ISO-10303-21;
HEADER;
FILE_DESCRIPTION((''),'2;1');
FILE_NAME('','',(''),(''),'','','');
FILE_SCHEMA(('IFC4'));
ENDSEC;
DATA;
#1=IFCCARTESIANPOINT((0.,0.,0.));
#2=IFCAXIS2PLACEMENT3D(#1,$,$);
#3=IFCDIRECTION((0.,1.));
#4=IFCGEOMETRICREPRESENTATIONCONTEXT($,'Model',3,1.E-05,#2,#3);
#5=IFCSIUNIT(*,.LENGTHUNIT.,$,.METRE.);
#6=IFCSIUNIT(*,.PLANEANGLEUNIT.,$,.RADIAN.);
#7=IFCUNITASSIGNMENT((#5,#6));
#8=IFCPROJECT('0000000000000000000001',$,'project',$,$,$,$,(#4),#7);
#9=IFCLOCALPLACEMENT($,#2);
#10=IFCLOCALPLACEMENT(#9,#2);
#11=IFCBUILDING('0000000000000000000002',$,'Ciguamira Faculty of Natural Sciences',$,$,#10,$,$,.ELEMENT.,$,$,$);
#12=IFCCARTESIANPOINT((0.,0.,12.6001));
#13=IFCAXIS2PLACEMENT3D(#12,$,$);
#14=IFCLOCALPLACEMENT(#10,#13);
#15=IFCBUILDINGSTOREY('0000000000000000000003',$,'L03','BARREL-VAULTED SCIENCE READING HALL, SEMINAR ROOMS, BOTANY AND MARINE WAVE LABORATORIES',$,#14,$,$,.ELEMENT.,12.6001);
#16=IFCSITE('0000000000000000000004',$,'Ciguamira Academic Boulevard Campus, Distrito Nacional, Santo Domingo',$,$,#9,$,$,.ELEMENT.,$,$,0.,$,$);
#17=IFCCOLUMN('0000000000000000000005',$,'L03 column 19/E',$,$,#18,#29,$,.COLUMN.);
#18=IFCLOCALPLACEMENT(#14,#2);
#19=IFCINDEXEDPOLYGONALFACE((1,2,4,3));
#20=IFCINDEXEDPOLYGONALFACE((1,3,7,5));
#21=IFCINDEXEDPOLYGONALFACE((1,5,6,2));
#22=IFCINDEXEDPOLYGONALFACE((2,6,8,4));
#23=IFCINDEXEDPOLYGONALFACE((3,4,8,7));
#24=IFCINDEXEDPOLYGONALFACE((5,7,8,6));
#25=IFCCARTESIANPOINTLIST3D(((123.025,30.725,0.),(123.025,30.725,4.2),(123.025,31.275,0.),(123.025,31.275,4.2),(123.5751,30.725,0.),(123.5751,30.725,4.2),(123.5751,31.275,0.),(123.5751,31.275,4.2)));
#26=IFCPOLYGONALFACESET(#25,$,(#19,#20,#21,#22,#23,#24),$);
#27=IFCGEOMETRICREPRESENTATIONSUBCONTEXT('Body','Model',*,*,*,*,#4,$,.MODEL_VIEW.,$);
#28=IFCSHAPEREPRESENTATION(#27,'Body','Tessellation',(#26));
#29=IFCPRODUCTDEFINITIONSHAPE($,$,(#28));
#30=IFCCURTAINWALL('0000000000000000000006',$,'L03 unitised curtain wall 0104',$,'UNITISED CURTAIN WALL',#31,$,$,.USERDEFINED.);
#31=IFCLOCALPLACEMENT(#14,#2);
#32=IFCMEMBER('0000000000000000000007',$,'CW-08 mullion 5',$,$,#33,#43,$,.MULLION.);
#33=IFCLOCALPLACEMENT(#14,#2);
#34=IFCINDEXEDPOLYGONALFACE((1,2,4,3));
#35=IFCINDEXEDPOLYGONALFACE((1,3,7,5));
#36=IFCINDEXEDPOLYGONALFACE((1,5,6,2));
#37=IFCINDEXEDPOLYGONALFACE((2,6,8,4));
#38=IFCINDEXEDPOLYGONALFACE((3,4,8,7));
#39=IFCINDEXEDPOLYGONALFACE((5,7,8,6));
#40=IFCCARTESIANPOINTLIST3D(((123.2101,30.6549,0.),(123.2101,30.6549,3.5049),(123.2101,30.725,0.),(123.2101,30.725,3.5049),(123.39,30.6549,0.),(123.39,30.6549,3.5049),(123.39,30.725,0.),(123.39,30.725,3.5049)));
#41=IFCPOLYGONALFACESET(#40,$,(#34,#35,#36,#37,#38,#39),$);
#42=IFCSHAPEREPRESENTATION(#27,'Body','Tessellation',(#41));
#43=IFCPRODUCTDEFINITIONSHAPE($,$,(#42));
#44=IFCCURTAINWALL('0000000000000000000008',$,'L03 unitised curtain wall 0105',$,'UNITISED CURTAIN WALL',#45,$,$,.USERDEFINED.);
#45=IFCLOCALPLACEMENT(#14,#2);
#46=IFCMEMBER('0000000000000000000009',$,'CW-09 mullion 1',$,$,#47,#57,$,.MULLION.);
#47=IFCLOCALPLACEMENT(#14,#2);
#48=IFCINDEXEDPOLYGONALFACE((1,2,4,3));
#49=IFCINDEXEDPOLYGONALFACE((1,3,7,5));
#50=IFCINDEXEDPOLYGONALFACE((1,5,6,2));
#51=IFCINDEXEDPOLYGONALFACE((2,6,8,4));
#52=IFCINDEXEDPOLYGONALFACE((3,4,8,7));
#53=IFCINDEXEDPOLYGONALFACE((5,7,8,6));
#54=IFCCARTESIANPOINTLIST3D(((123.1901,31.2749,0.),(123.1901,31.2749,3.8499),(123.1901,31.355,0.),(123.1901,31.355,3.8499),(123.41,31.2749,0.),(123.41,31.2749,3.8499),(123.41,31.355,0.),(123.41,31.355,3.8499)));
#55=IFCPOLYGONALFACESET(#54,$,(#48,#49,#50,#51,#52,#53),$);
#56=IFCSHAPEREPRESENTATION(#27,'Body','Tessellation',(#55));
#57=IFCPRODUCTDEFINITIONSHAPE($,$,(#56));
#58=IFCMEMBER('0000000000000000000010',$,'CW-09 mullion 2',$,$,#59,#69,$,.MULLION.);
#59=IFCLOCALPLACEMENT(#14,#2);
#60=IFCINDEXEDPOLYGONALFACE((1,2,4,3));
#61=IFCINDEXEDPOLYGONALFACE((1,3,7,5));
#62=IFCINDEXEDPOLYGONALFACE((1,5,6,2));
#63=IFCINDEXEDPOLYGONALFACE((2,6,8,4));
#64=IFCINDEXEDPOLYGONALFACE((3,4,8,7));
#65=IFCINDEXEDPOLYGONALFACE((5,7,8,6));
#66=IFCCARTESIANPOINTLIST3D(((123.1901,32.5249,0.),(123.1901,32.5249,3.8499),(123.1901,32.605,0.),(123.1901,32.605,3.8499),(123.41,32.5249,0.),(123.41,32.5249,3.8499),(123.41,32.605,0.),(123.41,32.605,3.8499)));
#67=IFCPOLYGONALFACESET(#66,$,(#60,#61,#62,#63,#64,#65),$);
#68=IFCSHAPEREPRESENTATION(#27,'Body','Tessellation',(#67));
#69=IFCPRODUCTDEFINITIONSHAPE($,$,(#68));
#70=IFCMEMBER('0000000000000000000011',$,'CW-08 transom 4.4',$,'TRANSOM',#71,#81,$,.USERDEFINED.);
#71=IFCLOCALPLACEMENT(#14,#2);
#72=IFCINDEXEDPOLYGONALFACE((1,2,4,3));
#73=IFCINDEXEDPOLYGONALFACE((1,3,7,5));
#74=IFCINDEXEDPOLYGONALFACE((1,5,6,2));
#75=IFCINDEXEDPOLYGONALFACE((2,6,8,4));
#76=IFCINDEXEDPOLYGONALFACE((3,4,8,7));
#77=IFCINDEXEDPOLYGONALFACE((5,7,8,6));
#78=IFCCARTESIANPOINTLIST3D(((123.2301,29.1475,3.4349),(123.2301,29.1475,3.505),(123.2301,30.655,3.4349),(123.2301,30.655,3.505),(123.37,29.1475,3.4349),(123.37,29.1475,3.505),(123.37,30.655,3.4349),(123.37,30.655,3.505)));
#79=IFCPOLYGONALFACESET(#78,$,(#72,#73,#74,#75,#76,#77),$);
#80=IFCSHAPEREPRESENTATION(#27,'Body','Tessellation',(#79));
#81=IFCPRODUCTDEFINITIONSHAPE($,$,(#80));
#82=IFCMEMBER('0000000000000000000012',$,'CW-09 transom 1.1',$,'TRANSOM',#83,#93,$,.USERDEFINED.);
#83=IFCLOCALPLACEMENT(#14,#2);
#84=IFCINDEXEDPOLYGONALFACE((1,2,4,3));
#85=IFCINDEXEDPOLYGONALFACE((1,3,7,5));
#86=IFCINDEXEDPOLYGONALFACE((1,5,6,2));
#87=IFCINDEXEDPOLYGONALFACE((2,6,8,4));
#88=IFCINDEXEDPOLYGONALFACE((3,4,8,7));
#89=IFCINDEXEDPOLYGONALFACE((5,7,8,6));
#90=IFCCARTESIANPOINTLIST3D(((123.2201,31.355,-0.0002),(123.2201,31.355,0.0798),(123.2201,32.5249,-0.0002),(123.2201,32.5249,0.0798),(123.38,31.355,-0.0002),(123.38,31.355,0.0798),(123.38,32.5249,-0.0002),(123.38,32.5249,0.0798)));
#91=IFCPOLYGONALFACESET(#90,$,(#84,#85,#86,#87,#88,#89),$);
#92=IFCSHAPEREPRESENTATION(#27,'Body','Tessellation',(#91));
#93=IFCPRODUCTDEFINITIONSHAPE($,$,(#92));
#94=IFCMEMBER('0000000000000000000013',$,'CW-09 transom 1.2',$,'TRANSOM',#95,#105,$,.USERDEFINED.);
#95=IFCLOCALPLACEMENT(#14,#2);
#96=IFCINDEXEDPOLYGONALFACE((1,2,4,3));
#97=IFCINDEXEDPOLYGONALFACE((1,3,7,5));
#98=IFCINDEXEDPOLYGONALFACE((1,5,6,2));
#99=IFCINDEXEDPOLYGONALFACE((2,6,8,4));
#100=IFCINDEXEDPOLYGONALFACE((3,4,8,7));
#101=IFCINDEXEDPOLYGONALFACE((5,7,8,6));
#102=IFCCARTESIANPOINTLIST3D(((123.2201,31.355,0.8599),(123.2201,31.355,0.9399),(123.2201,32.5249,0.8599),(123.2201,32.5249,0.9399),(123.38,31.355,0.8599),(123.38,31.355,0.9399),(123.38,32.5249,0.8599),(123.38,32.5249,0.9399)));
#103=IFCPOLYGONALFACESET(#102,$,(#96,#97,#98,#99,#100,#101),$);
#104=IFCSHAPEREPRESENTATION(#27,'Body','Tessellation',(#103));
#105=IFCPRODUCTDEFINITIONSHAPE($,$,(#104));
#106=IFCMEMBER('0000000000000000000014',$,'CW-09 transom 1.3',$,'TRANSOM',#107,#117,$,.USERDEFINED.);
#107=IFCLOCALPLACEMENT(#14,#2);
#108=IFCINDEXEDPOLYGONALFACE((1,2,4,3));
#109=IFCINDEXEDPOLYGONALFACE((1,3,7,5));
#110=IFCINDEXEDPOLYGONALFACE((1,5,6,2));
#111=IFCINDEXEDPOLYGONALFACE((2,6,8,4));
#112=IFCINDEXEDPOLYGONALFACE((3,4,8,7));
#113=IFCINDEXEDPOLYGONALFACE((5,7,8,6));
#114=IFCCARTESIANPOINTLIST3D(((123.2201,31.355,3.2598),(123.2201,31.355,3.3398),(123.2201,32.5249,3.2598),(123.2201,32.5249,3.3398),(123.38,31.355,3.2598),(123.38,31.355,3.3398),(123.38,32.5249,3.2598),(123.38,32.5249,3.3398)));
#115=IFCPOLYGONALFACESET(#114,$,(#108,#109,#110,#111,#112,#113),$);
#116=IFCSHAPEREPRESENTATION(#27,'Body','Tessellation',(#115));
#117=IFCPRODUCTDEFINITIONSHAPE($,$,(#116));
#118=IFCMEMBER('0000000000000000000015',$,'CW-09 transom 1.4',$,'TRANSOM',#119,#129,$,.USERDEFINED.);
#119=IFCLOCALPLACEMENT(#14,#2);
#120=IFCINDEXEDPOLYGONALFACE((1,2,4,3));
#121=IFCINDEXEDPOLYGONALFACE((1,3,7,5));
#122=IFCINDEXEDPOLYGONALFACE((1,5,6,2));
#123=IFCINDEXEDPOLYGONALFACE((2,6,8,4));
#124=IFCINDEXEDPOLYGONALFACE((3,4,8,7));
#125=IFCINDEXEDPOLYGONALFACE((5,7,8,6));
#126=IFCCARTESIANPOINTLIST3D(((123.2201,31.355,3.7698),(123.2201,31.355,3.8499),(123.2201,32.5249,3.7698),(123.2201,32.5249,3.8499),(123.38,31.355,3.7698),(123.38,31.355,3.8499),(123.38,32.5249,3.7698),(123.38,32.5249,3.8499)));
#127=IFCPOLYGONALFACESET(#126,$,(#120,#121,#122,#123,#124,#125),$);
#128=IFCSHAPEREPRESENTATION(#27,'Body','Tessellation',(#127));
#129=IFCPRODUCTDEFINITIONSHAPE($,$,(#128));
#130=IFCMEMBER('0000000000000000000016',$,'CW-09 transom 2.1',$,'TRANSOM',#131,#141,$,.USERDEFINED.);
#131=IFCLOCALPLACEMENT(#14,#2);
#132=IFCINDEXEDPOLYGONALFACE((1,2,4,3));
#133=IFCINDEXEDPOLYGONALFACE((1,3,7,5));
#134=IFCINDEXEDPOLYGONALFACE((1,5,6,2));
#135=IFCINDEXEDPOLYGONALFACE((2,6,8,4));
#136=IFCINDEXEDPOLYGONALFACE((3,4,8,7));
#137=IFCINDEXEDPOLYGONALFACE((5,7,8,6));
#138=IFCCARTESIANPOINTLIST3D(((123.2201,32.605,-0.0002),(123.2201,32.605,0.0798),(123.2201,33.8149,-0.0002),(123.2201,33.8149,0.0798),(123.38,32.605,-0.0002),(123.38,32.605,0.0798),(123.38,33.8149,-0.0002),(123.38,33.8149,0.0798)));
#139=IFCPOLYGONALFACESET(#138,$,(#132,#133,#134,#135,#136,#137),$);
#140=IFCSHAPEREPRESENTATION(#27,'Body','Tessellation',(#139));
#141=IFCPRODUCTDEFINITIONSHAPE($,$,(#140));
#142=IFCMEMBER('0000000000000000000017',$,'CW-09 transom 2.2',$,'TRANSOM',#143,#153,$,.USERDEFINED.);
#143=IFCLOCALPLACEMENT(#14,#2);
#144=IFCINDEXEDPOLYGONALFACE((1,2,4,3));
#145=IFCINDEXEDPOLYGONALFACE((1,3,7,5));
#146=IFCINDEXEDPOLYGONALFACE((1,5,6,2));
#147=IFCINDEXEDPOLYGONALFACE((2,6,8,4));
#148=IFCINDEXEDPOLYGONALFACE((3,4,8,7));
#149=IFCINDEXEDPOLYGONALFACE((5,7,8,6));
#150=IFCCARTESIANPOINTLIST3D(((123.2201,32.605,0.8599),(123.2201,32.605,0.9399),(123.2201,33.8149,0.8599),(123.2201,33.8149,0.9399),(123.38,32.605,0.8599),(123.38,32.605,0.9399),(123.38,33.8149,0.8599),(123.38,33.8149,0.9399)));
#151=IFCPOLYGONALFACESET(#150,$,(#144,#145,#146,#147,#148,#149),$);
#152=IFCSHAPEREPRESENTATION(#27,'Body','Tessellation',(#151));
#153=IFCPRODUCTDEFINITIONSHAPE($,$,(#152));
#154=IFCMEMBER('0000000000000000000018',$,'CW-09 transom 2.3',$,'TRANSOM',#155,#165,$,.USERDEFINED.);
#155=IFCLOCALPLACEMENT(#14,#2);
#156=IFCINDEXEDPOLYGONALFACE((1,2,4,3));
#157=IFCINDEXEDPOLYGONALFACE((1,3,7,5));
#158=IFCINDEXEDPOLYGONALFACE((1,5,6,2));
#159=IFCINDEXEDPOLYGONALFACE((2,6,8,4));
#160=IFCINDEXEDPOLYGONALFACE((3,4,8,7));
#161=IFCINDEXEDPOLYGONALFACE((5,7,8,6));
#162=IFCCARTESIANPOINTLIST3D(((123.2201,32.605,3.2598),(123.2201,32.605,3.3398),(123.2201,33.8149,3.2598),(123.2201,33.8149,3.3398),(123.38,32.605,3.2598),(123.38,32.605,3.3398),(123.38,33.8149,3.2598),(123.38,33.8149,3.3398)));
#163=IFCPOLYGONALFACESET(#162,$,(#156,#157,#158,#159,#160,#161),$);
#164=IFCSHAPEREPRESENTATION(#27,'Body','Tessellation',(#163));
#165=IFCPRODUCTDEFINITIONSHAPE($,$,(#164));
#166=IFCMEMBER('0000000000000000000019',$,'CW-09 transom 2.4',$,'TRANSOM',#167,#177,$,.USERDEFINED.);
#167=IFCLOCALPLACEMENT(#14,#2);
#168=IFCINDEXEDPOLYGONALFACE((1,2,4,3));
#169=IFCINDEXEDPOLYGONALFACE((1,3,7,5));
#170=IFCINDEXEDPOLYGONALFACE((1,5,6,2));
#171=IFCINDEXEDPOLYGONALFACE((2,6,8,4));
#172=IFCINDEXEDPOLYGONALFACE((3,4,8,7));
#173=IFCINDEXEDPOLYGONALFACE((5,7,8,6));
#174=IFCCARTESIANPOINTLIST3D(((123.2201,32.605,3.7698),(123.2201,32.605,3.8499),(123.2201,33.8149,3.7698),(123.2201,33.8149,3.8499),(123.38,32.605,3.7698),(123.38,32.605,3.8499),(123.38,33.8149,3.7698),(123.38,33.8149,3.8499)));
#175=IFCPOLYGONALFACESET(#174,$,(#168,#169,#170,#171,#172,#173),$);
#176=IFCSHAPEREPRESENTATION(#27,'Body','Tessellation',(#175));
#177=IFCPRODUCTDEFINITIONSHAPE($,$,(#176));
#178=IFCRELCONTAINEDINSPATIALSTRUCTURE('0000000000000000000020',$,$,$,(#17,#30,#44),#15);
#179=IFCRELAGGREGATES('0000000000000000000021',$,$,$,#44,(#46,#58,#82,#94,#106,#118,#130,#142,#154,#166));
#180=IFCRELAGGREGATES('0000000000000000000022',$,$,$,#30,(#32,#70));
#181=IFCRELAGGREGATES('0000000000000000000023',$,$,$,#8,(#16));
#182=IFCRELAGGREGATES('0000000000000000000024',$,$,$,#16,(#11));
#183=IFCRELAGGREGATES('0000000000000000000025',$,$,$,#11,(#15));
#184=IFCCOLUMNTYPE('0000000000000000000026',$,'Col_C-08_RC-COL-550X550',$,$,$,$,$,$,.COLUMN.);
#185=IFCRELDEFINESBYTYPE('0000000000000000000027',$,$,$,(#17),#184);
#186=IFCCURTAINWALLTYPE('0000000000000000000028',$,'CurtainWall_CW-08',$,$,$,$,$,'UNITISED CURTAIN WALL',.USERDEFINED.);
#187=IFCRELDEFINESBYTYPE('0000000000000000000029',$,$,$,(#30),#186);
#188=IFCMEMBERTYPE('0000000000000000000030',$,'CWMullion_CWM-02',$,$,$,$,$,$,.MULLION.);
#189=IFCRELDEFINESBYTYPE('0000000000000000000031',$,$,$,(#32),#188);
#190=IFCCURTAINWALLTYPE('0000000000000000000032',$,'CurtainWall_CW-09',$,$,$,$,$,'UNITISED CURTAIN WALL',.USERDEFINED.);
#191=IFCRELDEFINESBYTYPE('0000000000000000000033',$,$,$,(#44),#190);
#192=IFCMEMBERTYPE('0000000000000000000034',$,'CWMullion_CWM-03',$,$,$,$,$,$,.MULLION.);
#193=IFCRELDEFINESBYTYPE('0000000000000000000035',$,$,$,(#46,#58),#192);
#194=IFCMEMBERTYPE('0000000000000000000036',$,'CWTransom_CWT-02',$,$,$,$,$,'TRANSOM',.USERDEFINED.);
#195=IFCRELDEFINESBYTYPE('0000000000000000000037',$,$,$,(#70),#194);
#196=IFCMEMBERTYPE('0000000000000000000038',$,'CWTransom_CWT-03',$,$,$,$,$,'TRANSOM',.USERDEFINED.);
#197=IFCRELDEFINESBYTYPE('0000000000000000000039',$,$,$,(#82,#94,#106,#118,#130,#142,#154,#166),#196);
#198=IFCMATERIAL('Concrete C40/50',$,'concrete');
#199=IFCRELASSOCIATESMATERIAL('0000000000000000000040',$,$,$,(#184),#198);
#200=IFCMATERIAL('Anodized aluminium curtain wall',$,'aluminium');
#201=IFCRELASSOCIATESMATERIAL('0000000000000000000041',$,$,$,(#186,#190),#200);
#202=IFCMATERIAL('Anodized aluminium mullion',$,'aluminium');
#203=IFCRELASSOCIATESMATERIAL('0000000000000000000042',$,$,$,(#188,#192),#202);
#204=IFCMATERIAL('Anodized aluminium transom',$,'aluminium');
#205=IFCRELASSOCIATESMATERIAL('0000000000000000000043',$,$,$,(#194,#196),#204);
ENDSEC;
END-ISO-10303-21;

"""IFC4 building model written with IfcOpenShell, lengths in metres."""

from ifc_helpers import new_model, si_unit, direction, frame, origin, origin_2d, place, context, subcontext, project, spatial, rectangle, extrude, material, material_profile, profile_set, type_object, element, aggregate, save


model = new_model("IFC4")

# Units and contexts
model_context = context("Model", 3, precision=1e-05, world=origin(), true_north=direction((0.0, 1.0)))
body_context = subcontext(model_context, "Body", "Model", "MODEL_VIEW")
ifc_project = project(units=[si_unit("LENGTHUNIT", "METRE"), si_unit("PLANEANGLEUNIT", "RADIAN")], contexts=[model_context])

# Site, building, storey
site_placement = place(None, origin())
site = spatial("IfcSite", under=ifc_project, at=site_placement, Name="Ciguamira Academic Boulevard Campus, Distrito Nacional, Santo Domingo", CompositionType="ELEMENT", RefElevation=0.0)
building_placement = place(site_placement, origin())
building = spatial("IfcBuilding", under=site, at=building_placement, Name="Ciguamira Faculty of Natural Sciences", CompositionType="ELEMENT")
storey_placement = place(building_placement, frame((0.0, 0.0, 12.6001)))
storey = spatial("IfcBuildingStorey", under=building, at=storey_placement, Name="L03", Description="BARREL-VAULTED SCIENCE READING HALL, SEMINAR ROOMS, BOTANY AND MARINE WAVE LABORATORIES", CompositionType="ELEMENT", Elevation=12.6001)

# Column
ifc_material_1 = material(Name="Concrete C40/50", Category="concrete")
ifc_material_profile_1 = material_profile(ifc_material_1, rectangle(XDim=0.55, YDim=0.55, at=origin_2d()), Name="RC-COL-550X550")
ifc_profile_set_1 = profile_set([ifc_material_profile_1], Name="Concrete C40/50")
column_type = type_object("IfcColumnType", Name="Col_C-08_RC-COL-550X550", PredefinedType="COLUMN", material=ifc_profile_set_1)
column_placement = place(storey_placement, frame((123.3, 31.0, 0.0), z_axis=(0.0, 0.0, 1.0), x_axis=(1.0, 0.0, 0.0)))
element("IfcColumn", 1, at=column_placement, inside=storey, type_object=column_type, Name="L03 column 19/E", PredefinedType="COLUMN", context=body_context, shape_type="SweptSolid", body=[
    extrude(rectangle(XDim=0.55, YDim=0.55, at=origin_2d()), origin(), (0.0, 0.0, 1.0), 4.2),
])

# Curtain wall, member
ifc_material_2 = material(Name="Anodized aluminium curtain wall", Category="aluminium")
curtain_wall_type_1 = type_object("IfcCurtainWallType", Name="CurtainWall_CW-08", ElementType="UNITISED CURTAIN WALL", PredefinedType="USERDEFINED", material=ifc_material_2)
curtain_wall_1_placement = place(storey_placement, origin())
curtain_wall_1 = element("IfcCurtainWall", 2, at=curtain_wall_1_placement, inside=storey, type_object=curtain_wall_type_1, Name="L03 unitised curtain wall 0104", ObjectType="UNITISED CURTAIN WALL", PredefinedType="USERDEFINED")
ifc_material_3 = material(Name="Anodized aluminium mullion", Category="aluminium")
ifc_material_profile_2 = material_profile(ifc_material_3, rectangle(XDim=0.0701, YDim=0.1799, at=origin_2d()), Name="ALU-MUL-70X180")
ifc_profile_set_2 = profile_set([ifc_material_profile_2], Name="Anodized aluminium mullion")
member_type_1 = type_object("IfcMemberType", Name="CWMullion_CWM-02", PredefinedType="MULLION", material=ifc_profile_set_2)
member_1_placement = place(storey_placement, frame((123.3, 30.6899, 0.0), z_axis=(0.0, 0.0, 1.0), x_axis=(0.0, 1.0, 0.0)))
member_1 = element("IfcMember", 3, at=member_1_placement, type_object=member_type_1, Name="CW-08 mullion 5", PredefinedType="MULLION", context=body_context, shape_type="SweptSolid", body=[
    extrude(rectangle(XDim=0.0701, YDim=0.1799, at=origin_2d()), origin(), (0.0, 0.0, 1.0), 3.5049),
])

# Curtain wall, members
curtain_wall_type_2 = type_object("IfcCurtainWallType", Name="CurtainWall_CW-09", ElementType="UNITISED CURTAIN WALL", PredefinedType="USERDEFINED", material=ifc_material_2)
curtain_wall_2_placement = place(storey_placement, origin())
curtain_wall_2 = element("IfcCurtainWall", 4, at=curtain_wall_2_placement, inside=storey, type_object=curtain_wall_type_2, Name="L03 unitised curtain wall 0105", ObjectType="UNITISED CURTAIN WALL", PredefinedType="USERDEFINED")
ifc_material_profile_3 = material_profile(ifc_material_3, rectangle(XDim=0.0801, YDim=0.22, at=origin_2d()), Name="ALU-MUL-80X220")
ifc_profile_set_3 = profile_set([ifc_material_profile_3], Name="Anodized aluminium mullion")
member_type_2 = type_object("IfcMemberType", Name="CWMullion_CWM-03", PredefinedType="MULLION", material=ifc_profile_set_3)
member_2_placement = place(storey_placement, frame((123.3, 31.3149, 0.0), z_axis=(0.0, 0.0, 1.0), x_axis=(0.0, 1.0, 0.0)))
member_2 = element("IfcMember", 5, at=member_2_placement, type_object=member_type_2, Name="CW-09 mullion 1", PredefinedType="MULLION", context=body_context, shape_type="SweptSolid", body=[
    extrude(rectangle(XDim=0.0801, YDim=0.22, at=origin_2d()), origin(), (0.0, 0.0, 1.0), 3.8499),
])
member_3_placement = place(storey_placement, frame((123.3, 32.5649, 0.0), z_axis=(0.0, 0.0, 1.0), x_axis=(0.0, 1.0, 0.0)))
member_3 = element("IfcMember", 6, at=member_3_placement, type_object=member_type_2, Name="CW-09 mullion 2", PredefinedType="MULLION", context=body_context, shape_type="SweptSolid", body=[
    extrude(rectangle(XDim=0.0801, YDim=0.22, at=origin_2d()), origin(), (0.0, 0.0, 1.0), 3.8499),
])

# Members
ifc_material_4 = material(Name="Anodized aluminium transom", Category="aluminium")
ifc_material_profile_4 = material_profile(ifc_material_4, rectangle(XDim=0.0701, YDim=0.1399, at=origin_2d()), Name="ALU-TRN-70X140")
ifc_profile_set_4 = profile_set([ifc_material_profile_4], Name="Anodized aluminium transom")
member_type_3 = type_object("IfcMemberType", Name="CWTransom_CWT-02", ElementType="TRANSOM", PredefinedType="USERDEFINED", material=ifc_profile_set_4)
member_4_placement = place(storey_placement, frame((123.3, 29.1475, 3.47), z_axis=(0.0, 1.0, 0.0), x_axis=(0.0, 0.0, 1.0)))
member_4 = element("IfcMember", 7, at=member_4_placement, type_object=member_type_3, Name="CW-08 transom 4.4", ObjectType="TRANSOM", PredefinedType="USERDEFINED", context=body_context, shape_type="SweptSolid", body=[
    extrude(rectangle(XDim=0.0701, YDim=0.1399, at=origin_2d()), origin(), (0.0, 0.0, 1.0), 1.5076),
])
ifc_material_profile_5 = material_profile(ifc_material_4, rectangle(XDim=0.0801, YDim=0.1599, at=origin_2d()), Name="ALU-TRN-80X160")
ifc_profile_set_5 = profile_set([ifc_material_profile_5], Name="Anodized aluminium transom")
member_type_4 = type_object("IfcMemberType", Name="CWTransom_CWT-03", ElementType="TRANSOM", PredefinedType="USERDEFINED", material=ifc_profile_set_5)
member_5_placement = place(storey_placement, frame((123.3, 31.355, 0.0398), z_axis=(0.0, 1.0, 0.0), x_axis=(0.0, 0.0, 1.0)))
member_5 = element("IfcMember", 8, at=member_5_placement, type_object=member_type_4, Name="CW-09 transom 1.1", ObjectType="TRANSOM", PredefinedType="USERDEFINED", context=body_context, shape_type="SweptSolid", body=[
    extrude(rectangle(XDim=0.0801, YDim=0.1599, at=origin_2d()), origin(), (0.0, 0.0, 1.0), 1.1699),
])
member_6_placement = place(storey_placement, frame((123.3, 31.355, 0.8999), z_axis=(0.0, 1.0, 0.0), x_axis=(0.0, 0.0, 1.0)))
member_6 = element("IfcMember", 9, at=member_6_placement, type_object=member_type_4, Name="CW-09 transom 1.2", ObjectType="TRANSOM", PredefinedType="USERDEFINED", context=body_context, shape_type="SweptSolid", body=[
    extrude(rectangle(XDim=0.0801, YDim=0.1599, at=origin_2d()), origin(), (0.0, 0.0, 1.0), 1.1699),
])
member_7_placement = place(storey_placement, frame((123.3, 31.355, 3.2998), z_axis=(0.0, 1.0, 0.0), x_axis=(0.0, 0.0, 1.0)))
member_7 = element("IfcMember", 10, at=member_7_placement, type_object=member_type_4, Name="CW-09 transom 1.3", ObjectType="TRANSOM", PredefinedType="USERDEFINED", context=body_context, shape_type="SweptSolid", body=[
    extrude(rectangle(XDim=0.0801, YDim=0.1599, at=origin_2d()), origin(), (0.0, 0.0, 1.0), 1.1699),
])
member_8_placement = place(storey_placement, frame((123.3, 31.355, 3.8098), z_axis=(0.0, 1.0, 0.0), x_axis=(0.0, 0.0, 1.0)))
member_8 = element("IfcMember", 11, at=member_8_placement, type_object=member_type_4, Name="CW-09 transom 1.4", ObjectType="TRANSOM", PredefinedType="USERDEFINED", context=body_context, shape_type="SweptSolid", body=[
    extrude(rectangle(XDim=0.0801, YDim=0.1599, at=origin_2d()), origin(), (0.0, 0.0, 1.0), 1.1699),
])
member_9_placement = place(storey_placement, frame((123.3, 32.605, 0.0398), z_axis=(0.0, 1.0, 0.0), x_axis=(0.0, 0.0, 1.0)))
member_9 = element("IfcMember", 12, at=member_9_placement, type_object=member_type_4, Name="CW-09 transom 2.1", ObjectType="TRANSOM", PredefinedType="USERDEFINED", context=body_context, shape_type="SweptSolid", body=[
    extrude(rectangle(XDim=0.0801, YDim=0.1599, at=origin_2d()), origin(), (0.0, 0.0, 1.0), 1.21),
])
member_10_placement = place(storey_placement, frame((123.3, 32.605, 0.8999), z_axis=(0.0, 1.0, 0.0), x_axis=(0.0, 0.0, 1.0)))
member_10 = element("IfcMember", 13, at=member_10_placement, type_object=member_type_4, Name="CW-09 transom 2.2", ObjectType="TRANSOM", PredefinedType="USERDEFINED", context=body_context, shape_type="SweptSolid", body=[
    extrude(rectangle(XDim=0.0801, YDim=0.1599, at=origin_2d()), origin(), (0.0, 0.0, 1.0), 1.21),
])
member_11_placement = place(storey_placement, frame((123.3, 32.605, 3.2998), z_axis=(0.0, 1.0, 0.0), x_axis=(0.0, 0.0, 1.0)))
member_11 = element("IfcMember", 14, at=member_11_placement, type_object=member_type_4, Name="CW-09 transom 2.3", ObjectType="TRANSOM", PredefinedType="USERDEFINED", context=body_context, shape_type="SweptSolid", body=[
    extrude(rectangle(XDim=0.0801, YDim=0.1599, at=origin_2d()), origin(), (0.0, 0.0, 1.0), 1.21),
])
member_12_placement = place(storey_placement, frame((123.3, 32.605, 3.8098), z_axis=(0.0, 1.0, 0.0), x_axis=(0.0, 0.0, 1.0)))
member_12 = element("IfcMember", 15, at=member_12_placement, type_object=member_type_4, Name="CW-09 transom 2.4", ObjectType="TRANSOM", PredefinedType="USERDEFINED", context=body_context, shape_type="SweptSolid", body=[
    extrude(rectangle(XDim=0.0801, YDim=0.1599, at=origin_2d()), origin(), (0.0, 0.0, 1.0), 1.21),
])

aggregate(curtain_wall_2, [member_2, member_3, member_5, member_6, member_7, member_8, member_9, member_10, member_11, member_12])
aggregate(curtain_wall_1, [member_1, member_4])

save(model, "model.ifc")
